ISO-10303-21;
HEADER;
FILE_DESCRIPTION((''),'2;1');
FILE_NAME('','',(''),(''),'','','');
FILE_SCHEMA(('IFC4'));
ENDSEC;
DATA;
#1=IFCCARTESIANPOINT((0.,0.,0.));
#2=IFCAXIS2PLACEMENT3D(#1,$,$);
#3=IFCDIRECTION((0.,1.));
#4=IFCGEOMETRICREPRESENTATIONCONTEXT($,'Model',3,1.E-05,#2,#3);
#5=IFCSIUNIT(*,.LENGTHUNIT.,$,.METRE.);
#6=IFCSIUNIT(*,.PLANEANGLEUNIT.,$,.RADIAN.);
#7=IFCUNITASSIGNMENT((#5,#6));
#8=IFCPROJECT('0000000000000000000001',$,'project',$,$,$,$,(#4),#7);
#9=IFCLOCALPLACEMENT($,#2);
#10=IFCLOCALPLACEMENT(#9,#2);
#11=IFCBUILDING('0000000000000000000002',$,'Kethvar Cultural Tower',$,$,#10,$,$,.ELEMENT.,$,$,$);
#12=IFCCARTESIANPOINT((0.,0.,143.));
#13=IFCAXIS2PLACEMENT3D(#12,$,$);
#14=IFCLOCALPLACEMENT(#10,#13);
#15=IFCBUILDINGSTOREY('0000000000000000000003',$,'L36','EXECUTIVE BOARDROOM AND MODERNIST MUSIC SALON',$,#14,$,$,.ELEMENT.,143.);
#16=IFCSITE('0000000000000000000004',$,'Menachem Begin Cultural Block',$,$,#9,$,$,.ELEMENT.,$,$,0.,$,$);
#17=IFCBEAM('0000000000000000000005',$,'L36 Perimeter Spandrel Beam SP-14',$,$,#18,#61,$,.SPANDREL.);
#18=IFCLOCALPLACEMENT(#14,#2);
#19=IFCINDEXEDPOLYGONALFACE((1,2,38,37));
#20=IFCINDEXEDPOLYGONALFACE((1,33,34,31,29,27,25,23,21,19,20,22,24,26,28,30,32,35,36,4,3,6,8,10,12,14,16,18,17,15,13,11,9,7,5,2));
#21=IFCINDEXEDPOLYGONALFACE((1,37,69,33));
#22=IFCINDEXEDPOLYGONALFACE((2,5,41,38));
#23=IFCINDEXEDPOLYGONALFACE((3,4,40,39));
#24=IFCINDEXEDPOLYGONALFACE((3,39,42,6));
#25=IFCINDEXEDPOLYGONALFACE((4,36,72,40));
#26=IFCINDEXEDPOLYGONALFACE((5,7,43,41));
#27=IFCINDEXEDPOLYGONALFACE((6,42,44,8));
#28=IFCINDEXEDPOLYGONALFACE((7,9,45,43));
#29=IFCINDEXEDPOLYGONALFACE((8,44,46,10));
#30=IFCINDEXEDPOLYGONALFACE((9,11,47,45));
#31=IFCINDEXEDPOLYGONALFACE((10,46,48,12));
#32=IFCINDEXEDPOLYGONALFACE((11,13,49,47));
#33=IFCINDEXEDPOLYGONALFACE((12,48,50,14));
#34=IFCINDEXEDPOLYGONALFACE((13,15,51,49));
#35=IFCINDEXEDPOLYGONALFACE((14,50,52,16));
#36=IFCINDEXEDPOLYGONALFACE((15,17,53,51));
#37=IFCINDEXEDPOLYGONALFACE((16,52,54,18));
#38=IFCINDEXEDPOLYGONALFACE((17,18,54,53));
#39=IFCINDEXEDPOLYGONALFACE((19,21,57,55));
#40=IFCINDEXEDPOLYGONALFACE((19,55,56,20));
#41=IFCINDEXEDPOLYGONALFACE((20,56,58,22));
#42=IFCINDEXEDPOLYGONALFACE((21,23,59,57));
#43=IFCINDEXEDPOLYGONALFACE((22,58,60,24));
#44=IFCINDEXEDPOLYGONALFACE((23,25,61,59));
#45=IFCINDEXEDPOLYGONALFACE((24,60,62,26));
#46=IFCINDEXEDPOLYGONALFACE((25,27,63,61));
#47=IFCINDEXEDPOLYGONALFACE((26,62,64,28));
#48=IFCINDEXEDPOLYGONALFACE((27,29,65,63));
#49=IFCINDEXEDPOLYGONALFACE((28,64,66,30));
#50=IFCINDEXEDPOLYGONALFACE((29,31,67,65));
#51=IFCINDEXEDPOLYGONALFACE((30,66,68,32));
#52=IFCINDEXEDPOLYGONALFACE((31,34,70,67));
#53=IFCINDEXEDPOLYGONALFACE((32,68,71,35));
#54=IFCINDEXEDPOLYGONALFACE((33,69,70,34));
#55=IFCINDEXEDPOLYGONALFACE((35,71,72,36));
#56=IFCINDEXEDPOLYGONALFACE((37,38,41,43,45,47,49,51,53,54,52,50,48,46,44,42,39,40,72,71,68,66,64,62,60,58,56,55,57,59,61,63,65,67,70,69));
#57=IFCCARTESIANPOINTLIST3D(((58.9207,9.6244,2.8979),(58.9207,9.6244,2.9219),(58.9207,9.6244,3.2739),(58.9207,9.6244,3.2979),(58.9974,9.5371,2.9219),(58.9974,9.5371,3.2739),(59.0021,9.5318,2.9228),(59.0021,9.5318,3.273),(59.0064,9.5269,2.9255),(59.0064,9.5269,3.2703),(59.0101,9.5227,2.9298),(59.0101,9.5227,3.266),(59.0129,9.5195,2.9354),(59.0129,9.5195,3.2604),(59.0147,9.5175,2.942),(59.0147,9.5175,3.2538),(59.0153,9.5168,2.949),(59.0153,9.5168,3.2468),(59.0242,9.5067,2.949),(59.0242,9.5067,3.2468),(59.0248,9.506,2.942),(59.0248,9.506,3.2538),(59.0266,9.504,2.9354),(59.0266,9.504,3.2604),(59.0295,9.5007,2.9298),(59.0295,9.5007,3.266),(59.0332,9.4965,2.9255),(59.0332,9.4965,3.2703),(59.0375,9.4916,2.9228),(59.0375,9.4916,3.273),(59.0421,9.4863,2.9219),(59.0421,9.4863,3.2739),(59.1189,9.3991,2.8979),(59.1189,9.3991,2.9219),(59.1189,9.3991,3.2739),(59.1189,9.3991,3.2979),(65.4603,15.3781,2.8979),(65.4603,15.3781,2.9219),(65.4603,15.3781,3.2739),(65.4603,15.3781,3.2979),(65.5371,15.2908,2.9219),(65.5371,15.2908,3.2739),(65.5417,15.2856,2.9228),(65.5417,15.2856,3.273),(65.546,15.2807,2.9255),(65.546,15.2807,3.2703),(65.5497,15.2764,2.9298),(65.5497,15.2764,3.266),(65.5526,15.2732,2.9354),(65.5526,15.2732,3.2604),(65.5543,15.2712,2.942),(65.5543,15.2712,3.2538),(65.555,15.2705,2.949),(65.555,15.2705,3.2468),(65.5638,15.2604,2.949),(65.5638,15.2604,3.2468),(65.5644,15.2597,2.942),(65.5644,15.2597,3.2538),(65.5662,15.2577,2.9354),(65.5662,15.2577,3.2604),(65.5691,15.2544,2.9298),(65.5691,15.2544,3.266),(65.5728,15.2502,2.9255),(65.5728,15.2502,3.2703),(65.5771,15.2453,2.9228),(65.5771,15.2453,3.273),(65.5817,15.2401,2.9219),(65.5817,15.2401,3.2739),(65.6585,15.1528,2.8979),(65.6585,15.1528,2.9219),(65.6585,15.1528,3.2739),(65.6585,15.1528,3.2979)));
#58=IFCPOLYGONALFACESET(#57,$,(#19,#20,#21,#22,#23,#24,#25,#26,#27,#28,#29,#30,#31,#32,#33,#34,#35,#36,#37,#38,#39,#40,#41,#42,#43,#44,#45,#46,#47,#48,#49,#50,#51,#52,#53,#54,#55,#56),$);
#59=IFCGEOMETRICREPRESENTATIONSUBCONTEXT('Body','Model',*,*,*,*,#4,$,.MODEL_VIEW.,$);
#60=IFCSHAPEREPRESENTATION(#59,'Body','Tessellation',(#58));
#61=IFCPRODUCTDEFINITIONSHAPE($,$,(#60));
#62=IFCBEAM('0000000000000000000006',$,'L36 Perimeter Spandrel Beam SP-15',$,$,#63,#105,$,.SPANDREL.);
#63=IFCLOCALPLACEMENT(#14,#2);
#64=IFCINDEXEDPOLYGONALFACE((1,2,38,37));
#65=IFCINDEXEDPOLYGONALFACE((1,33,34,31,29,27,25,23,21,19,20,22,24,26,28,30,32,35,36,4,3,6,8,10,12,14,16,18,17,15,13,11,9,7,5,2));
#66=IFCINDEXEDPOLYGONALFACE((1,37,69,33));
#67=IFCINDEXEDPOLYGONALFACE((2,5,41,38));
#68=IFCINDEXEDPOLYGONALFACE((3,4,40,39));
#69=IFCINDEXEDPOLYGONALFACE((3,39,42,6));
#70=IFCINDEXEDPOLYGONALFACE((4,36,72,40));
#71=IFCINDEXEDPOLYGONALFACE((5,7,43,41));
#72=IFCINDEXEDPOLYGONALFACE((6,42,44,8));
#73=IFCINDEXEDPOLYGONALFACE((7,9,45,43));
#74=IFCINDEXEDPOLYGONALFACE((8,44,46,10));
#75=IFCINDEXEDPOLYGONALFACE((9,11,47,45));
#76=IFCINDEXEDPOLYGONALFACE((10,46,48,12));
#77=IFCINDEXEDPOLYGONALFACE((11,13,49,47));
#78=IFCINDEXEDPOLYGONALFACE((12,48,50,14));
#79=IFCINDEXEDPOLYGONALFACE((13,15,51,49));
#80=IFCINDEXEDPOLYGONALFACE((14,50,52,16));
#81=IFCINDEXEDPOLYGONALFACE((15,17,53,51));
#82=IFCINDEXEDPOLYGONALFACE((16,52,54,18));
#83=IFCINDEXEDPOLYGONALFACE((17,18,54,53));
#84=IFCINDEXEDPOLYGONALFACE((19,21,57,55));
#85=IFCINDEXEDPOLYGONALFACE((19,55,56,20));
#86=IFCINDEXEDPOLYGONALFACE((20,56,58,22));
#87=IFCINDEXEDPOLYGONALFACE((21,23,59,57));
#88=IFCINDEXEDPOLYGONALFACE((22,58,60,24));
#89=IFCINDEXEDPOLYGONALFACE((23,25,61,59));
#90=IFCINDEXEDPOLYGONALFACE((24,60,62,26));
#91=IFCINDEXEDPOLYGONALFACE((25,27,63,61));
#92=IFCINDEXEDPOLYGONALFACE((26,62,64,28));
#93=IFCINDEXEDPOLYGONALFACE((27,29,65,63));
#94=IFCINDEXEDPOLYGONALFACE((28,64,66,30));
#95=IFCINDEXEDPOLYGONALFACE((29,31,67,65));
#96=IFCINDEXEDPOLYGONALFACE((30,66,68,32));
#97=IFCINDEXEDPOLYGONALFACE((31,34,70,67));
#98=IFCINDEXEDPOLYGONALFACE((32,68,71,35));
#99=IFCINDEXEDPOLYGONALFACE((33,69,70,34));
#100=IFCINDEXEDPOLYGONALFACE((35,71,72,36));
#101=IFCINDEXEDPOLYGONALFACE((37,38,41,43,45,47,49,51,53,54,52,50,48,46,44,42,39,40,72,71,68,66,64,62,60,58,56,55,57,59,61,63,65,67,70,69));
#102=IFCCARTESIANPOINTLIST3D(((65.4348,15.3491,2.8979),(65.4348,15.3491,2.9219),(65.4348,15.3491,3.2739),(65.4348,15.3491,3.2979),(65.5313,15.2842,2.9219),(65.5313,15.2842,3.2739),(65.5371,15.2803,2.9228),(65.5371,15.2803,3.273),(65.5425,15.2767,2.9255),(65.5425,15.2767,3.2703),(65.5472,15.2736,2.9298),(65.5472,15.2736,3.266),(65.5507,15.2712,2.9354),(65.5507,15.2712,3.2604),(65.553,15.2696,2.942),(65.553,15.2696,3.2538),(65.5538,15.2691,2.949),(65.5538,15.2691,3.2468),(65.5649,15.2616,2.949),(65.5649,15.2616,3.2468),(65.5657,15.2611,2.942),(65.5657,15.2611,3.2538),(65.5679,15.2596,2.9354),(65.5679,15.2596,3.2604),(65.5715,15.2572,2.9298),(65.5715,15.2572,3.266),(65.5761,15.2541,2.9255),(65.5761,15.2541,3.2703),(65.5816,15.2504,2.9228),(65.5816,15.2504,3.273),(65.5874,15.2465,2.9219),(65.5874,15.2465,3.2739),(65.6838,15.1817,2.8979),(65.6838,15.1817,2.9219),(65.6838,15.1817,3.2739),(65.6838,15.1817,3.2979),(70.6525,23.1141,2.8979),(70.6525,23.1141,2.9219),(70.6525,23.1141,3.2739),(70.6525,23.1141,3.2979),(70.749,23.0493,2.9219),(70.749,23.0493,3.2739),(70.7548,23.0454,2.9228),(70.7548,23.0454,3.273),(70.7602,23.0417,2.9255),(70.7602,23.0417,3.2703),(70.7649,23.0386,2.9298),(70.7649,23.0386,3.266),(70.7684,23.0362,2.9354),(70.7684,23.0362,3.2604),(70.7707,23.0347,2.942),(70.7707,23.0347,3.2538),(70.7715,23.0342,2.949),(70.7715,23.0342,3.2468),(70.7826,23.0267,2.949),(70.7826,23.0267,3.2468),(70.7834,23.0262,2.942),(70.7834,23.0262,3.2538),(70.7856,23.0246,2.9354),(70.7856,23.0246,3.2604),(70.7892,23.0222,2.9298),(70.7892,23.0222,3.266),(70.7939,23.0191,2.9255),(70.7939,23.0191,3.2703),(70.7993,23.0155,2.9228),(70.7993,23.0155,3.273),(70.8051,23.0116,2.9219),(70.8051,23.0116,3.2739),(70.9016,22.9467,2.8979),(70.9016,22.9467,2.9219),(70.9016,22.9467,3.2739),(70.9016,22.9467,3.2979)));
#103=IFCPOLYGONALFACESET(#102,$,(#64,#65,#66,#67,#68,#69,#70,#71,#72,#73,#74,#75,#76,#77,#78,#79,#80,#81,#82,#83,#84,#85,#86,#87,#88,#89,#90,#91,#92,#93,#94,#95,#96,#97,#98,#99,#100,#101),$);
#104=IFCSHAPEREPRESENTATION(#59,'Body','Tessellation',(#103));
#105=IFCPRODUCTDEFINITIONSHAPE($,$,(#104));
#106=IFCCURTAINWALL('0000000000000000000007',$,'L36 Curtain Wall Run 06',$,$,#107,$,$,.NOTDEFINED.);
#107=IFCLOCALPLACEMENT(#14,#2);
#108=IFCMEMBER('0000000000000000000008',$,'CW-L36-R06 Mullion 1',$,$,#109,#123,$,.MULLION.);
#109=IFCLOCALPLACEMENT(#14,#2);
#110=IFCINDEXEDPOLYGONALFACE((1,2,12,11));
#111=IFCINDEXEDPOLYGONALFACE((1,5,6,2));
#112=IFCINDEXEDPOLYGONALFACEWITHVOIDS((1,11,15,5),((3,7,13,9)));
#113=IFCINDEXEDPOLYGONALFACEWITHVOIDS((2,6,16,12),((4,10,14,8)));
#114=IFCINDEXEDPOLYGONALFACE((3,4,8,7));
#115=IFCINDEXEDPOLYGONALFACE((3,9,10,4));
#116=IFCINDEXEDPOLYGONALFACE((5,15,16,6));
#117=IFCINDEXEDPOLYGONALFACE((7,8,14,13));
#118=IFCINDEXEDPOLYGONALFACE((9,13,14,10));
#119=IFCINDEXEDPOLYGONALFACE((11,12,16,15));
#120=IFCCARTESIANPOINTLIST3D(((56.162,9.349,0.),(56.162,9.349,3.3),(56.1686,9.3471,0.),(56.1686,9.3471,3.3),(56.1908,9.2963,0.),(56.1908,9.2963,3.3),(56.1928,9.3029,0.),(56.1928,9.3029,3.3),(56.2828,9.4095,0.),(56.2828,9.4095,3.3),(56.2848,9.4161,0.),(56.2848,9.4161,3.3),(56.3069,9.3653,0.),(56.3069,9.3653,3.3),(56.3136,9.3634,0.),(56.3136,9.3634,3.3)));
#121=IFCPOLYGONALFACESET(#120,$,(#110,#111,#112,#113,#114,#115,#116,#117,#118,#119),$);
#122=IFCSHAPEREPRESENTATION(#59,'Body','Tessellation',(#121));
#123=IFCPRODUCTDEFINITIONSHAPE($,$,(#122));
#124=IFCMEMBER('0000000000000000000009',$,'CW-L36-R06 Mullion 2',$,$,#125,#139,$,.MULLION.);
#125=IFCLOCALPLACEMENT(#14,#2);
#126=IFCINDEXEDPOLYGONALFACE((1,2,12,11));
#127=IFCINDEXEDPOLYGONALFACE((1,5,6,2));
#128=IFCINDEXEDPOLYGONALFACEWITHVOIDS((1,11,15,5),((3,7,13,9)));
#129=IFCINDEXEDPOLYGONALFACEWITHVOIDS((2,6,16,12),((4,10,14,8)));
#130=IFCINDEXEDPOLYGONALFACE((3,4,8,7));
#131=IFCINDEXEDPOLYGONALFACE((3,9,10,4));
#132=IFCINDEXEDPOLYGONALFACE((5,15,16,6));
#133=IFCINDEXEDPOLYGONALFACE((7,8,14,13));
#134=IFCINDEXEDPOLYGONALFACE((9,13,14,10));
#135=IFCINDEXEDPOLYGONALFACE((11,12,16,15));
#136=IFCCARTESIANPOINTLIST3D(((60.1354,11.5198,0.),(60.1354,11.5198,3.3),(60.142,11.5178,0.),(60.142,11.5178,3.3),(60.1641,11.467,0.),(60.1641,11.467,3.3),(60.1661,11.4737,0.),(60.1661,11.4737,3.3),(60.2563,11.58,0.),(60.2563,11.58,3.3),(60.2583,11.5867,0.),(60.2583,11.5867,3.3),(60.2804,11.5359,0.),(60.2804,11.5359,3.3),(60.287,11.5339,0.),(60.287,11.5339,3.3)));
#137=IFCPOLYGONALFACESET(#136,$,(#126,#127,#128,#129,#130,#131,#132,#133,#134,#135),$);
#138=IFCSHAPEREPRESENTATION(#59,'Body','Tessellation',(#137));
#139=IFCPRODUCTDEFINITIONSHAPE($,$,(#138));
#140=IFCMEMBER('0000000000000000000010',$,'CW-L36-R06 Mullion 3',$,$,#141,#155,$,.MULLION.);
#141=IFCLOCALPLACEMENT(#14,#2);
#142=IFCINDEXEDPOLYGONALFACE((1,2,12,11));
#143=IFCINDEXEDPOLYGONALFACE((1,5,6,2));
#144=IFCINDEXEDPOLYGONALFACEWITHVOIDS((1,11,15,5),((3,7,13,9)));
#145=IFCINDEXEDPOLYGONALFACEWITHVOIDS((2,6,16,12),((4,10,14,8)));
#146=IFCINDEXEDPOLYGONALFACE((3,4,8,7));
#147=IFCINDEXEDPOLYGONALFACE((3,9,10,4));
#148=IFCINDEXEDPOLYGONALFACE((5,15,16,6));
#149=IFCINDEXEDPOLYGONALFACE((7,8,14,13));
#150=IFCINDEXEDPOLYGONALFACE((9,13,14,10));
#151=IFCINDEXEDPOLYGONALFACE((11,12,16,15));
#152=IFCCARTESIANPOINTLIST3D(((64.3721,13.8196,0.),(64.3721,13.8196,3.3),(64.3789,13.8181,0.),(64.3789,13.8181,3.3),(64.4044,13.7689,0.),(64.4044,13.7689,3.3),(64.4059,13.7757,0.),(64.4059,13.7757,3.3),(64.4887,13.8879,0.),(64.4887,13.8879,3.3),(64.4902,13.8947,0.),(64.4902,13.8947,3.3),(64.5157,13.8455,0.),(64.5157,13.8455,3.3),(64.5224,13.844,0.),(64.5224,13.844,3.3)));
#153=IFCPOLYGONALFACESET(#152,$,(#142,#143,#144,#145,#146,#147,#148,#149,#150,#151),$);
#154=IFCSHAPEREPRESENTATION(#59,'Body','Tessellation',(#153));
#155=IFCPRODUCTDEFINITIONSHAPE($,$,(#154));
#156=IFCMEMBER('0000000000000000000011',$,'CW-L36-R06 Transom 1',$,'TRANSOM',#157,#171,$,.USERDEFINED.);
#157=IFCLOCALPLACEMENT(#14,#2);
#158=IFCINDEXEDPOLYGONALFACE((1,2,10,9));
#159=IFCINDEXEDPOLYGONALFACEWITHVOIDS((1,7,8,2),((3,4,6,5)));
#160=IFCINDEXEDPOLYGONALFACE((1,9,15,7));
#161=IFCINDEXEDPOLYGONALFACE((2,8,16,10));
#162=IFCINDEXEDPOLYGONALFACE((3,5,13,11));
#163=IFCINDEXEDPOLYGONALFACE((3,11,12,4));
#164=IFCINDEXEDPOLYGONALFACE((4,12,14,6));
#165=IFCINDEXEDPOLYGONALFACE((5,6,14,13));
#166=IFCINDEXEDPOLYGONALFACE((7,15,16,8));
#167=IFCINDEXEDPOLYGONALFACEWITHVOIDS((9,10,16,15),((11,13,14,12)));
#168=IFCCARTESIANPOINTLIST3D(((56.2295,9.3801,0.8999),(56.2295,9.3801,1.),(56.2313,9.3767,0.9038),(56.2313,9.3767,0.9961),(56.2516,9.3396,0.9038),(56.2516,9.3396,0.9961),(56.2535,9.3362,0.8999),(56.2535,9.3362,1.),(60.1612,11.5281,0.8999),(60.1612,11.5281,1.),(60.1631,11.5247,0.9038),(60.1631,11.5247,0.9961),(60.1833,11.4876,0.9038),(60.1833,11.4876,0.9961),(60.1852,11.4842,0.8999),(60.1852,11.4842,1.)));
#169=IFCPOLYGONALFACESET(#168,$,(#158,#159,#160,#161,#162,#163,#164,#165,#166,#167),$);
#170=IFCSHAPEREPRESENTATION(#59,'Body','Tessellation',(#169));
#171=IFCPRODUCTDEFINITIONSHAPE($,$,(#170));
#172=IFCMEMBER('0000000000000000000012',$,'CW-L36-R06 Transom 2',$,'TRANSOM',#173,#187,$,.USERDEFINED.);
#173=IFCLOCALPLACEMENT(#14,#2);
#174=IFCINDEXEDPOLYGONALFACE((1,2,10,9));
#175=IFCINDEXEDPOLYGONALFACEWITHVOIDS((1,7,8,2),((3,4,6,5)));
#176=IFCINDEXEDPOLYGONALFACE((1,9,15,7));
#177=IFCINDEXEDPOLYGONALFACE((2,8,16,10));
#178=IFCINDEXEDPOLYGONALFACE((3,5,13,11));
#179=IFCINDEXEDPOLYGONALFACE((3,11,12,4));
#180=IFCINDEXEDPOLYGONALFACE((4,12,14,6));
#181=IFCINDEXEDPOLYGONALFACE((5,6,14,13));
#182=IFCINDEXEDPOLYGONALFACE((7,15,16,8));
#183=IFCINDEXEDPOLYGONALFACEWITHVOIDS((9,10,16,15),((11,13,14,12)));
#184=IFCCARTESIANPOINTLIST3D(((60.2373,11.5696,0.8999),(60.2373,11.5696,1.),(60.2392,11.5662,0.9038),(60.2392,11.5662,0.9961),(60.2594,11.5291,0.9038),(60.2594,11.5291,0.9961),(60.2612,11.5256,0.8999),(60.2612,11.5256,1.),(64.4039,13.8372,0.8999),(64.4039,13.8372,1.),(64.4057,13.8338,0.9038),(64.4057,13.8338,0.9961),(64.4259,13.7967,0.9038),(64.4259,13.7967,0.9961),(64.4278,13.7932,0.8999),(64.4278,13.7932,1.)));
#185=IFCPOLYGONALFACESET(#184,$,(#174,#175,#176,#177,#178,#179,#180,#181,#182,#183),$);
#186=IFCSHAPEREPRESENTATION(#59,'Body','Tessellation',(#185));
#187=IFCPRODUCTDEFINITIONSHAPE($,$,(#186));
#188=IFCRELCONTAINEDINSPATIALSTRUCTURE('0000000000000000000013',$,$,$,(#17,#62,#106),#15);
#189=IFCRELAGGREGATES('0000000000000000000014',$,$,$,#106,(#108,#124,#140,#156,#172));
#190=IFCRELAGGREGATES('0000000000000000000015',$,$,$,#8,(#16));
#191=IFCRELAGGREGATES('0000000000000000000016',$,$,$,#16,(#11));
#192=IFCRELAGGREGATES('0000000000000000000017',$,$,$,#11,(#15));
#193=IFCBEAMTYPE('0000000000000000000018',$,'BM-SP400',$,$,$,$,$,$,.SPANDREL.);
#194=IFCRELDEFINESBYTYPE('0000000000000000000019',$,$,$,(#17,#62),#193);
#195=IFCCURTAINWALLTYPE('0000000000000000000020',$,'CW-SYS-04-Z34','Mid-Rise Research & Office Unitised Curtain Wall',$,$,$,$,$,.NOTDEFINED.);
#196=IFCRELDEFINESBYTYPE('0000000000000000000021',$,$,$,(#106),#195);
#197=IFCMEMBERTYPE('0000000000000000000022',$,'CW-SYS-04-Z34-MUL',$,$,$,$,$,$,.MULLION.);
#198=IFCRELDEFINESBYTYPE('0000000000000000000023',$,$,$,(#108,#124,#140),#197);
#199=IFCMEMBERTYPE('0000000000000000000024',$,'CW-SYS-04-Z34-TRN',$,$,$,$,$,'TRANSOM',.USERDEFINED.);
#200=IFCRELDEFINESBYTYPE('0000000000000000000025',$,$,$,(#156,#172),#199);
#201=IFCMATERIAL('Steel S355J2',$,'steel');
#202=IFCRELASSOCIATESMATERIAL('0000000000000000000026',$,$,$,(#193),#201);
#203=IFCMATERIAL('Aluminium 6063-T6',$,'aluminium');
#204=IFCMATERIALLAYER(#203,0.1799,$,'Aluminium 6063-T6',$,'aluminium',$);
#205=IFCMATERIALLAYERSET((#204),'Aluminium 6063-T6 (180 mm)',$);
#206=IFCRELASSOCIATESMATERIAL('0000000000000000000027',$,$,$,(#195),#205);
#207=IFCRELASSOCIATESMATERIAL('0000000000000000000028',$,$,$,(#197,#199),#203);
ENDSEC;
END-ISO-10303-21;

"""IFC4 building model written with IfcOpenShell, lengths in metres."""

from ifc_helpers import new_model, si_unit, direction, frame, origin, origin_2d, place, context, subcontext, project, spatial, hollow_rectangle, i_section, extrude, source, transform, mapped, material, layer, layer_set, material_profile, profile_set, type_object, element, aggregate, save


model = new_model("IFC4")

# Units and contexts
model_context = context("Model", 3, precision=1e-05, world=origin(), true_north=direction((0.0, 1.0)))
body_context = subcontext(model_context, "Body", "Model", "MODEL_VIEW")
ifc_project = project(units=[si_unit("LENGTHUNIT", "METRE"), si_unit("PLANEANGLEUNIT", "RADIAN")], contexts=[model_context])

# Site, building, storey
site_placement = place(None, origin())
site = spatial("IfcSite", under=ifc_project, at=site_placement, Name="Menachem Begin Cultural Block", CompositionType="ELEMENT", RefElevation=0.0)
building_placement = place(site_placement, origin())
building = spatial("IfcBuilding", under=site, at=building_placement, Name="Kethvar Cultural Tower", CompositionType="ELEMENT")
storey_placement = place(building_placement, frame((0.0, 0.0, 143.0)))
storey = spatial("IfcBuildingStorey", under=building, at=storey_placement, Name="L36", Description="EXECUTIVE BOARDROOM AND MODERNIST MUSIC SALON", CompositionType="ELEMENT", Elevation=143.0)

# Beams
ifc_material_1 = material(Name="Steel S355J2", Category="steel")
ifc_material_profile_1 = material_profile(ifc_material_1, i_section(OverallWidth=0.3, OverallDepth=0.3999, WebThickness=0.0134, FlangeThickness=0.0239, FilletRadius=0.0271, at=origin_2d()), Name="Steel S355J2 — HEB400")
ifc_profile_set_1 = profile_set([ifc_material_profile_1], Name="Steel S355J2 — HEB400")
beam_type_1 = type_object("IfcBeamType", Name="BM-SP400", PredefinedType="SPANDREL", material=ifc_profile_set_1)
shared_shape_1 = source(origin(), body_context, "Body", "SweptSolid", [
    extrude(i_section(OverallWidth=0.3, OverallDepth=0.3999, WebThickness=0.0134, FlangeThickness=0.0239, FilletRadius=0.0271, at=origin_2d()), origin(), (0.0, 0.0, 1.0), 8.7104),
])
beam_1_placement = place(storey_placement, frame((59.0198, 9.5117, 3.0979), z_axis=(0.750779, 0.660554, 0.0), x_axis=(-0.660554, 0.750779, 0.0)))
element("IfcBeam", 1, at=beam_1_placement, inside=storey, type_object=beam_type_1, Name="L36 Perimeter Spandrel Beam SP-14", PredefinedType="SPANDREL", context=body_context, shape_type="MappedRepresentation", body=[
    mapped(shared_shape_1, transform((0.0, 0.0, 0.0), scale=1.0)),
])
shared_shape_2 = source(origin(), body_context, "Body", "SweptSolid", [
    extrude(i_section(OverallWidth=0.3, OverallDepth=0.3999, WebThickness=0.0134, FlangeThickness=0.0239, FilletRadius=0.0271, at=origin_2d()), origin(), (0.0, 0.0, 1.0), 9.3552),
])
beam_2_placement = place(storey_placement, frame((65.5593, 15.2654, 3.0979), z_axis=(0.557732, 0.830021, 0.0), x_axis=(-0.830021, 0.557732, 0.0)))
element("IfcBeam", 2, at=beam_2_placement, inside=storey, type_object=beam_type_1, Name="L36 Perimeter Spandrel Beam SP-15", PredefinedType="SPANDREL", context=body_context, shape_type="MappedRepresentation", body=[
    mapped(shared_shape_2, transform((0.0, 0.0, 0.0), scale=1.0)),
])

# Curtain wall, members
ifc_material_2 = material(Name="Aluminium 6063-T6", Category="aluminium")
ifc_layer_1 = layer(ifc_material_2, 0.1799, Name="Aluminium 6063-T6", Category="aluminium")
ifc_layer_set_1 = layer_set([ifc_layer_1], Name="Aluminium 6063-T6 (180 mm)")
curtain_wall_type = type_object("IfcCurtainWallType", Name="CW-SYS-04-Z34", Description="Mid-Rise Research & Office Unitised Curtain Wall", PredefinedType="NOTDEFINED", material=ifc_layer_set_1)
curtain_wall_placement = place(storey_placement, origin())
curtain_wall = element("IfcCurtainWall", 3, at=curtain_wall_placement, inside=storey, type_object=curtain_wall_type, Name="L36 Curtain Wall Run 06", PredefinedType="NOTDEFINED")
ifc_material_profile_2 = material_profile(ifc_material_2, hollow_rectangle(XDim=0.0601, YDim=0.1399, WallThickness=0.0049, at=origin_2d()), Name="Aluminium 6063-T6 — RHS140x60x5")
ifc_profile_set_2 = profile_set([ifc_material_profile_2], Name="Aluminium 6063-T6 — RHS140x60x5")
member_type_1 = type_object("IfcMemberType", Name="CW-SYS-04-Z34-MUL", PredefinedType="MULLION", material=ifc_profile_set_2)
shared_shape_3 = source(origin(), body_context, "Body", "SweptSolid", [
    extrude(hollow_rectangle(XDim=0.0601, YDim=0.1399, WallThickness=0.0049, at=origin_2d()), origin(), (0.0, 0.0, 1.0), 3.3),
])
member_1_placement = place(storey_placement, frame((56.2378, 9.3562, 0.0), z_axis=(0.0, 0.0, 1.0), x_axis=(-0.479427, 0.877582, 0.0)))
member_1 = element("IfcMember", 4, at=member_1_placement, type_object=member_type_1, Name="CW-L36-R06 Mullion 1", PredefinedType="MULLION", context=body_context, shape_type="MappedRepresentation", body=[
    mapped(shared_shape_3, transform((0.0, 0.0, 0.0), scale=1.0)),
])
member_2_placement = place(storey_placement, frame((60.2112, 11.5269, 0.0), z_axis=(0.0, 0.0, 1.0), x_axis=(-0.478017, 0.87835, 0.0)))
member_2 = element("IfcMember", 5, at=member_2_placement, type_object=member_type_1, Name="CW-L36-R06 Mullion 2", PredefinedType="MULLION", context=body_context, shape_type="MappedRepresentation", body=[
    mapped(shared_shape_3, transform((0.0, 0.0, 0.0), scale=1.0)),
])
member_3_placement = place(storey_placement, frame((64.4473, 13.8318, 0.0), z_axis=(0.0, 0.0, 1.0), x_axis=(-0.536534, 0.843879, 0.0)))
member_3 = element("IfcMember", 6, at=member_3_placement, type_object=member_type_1, Name="CW-L36-R06 Mullion 3", PredefinedType="MULLION", context=body_context, shape_type="MappedRepresentation", body=[
    mapped(shared_shape_3, transform((0.0, 0.0, 0.0), scale=1.0)),
])
ifc_material_profile_3 = material_profile(ifc_material_2, hollow_rectangle(XDim=0.05, YDim=0.1001, WallThickness=0.0039, at=origin_2d()), Name="Aluminium 6063-T6 — RHS100x50x4")
ifc_profile_set_3 = profile_set([ifc_material_profile_3], Name="Aluminium 6063-T6 — RHS100x50x4")
member_type_2 = type_object("IfcMemberType", Name="CW-SYS-04-Z34-TRN", ElementType="TRANSOM", PredefinedType="USERDEFINED", material=ifc_profile_set_3)
shared_shape_4 = source(origin(), body_context, "Body", "SweptSolid", [
    extrude(hollow_rectangle(XDim=0.05, YDim=0.1001, WallThickness=0.0039, at=origin_2d()), origin(), (0.0, 0.0, 1.0), 4.4802),
])
member_4_placement = place(storey_placement, frame((56.2415, 9.3582, 0.95), z_axis=(0.877575, 0.47944, 0.0), x_axis=(-0.47944, 0.877575, 0.0)))
member_4 = element("IfcMember", 7, at=member_4_placement, type_object=member_type_2, Name="CW-L36-R06 Transom 1", ObjectType="TRANSOM", PredefinedType="USERDEFINED", context=body_context, shape_type="MappedRepresentation", body=[
    mapped(shared_shape_4, transform((0.0, 0.0, 0.0), scale=1.0)),
])
shared_shape_5 = source(origin(), body_context, "Body", "SweptSolid", [
    extrude(hollow_rectangle(XDim=0.05, YDim=0.1001, WallThickness=0.0039, at=origin_2d()), origin(), (0.0, 0.0, 1.0), 4.7437),
])
member_5_placement = place(storey_placement, frame((60.2493, 11.5476, 0.95), z_axis=(0.878344, 0.47803, 0.0), x_axis=(-0.47803, 0.878344, 0.0)))
member_5 = element("IfcMember", 8, at=member_5_placement, type_object=member_type_2, Name="CW-L36-R06 Transom 2", ObjectType="TRANSOM", PredefinedType="USERDEFINED", context=body_context, shape_type="MappedRepresentation", body=[
    mapped(shared_shape_5, transform((0.0, 0.0, 0.0), scale=1.0)),
])
aggregate(curtain_wall, [member_1, member_2, member_3, member_4, member_5])

save(model, "model.ifc")
